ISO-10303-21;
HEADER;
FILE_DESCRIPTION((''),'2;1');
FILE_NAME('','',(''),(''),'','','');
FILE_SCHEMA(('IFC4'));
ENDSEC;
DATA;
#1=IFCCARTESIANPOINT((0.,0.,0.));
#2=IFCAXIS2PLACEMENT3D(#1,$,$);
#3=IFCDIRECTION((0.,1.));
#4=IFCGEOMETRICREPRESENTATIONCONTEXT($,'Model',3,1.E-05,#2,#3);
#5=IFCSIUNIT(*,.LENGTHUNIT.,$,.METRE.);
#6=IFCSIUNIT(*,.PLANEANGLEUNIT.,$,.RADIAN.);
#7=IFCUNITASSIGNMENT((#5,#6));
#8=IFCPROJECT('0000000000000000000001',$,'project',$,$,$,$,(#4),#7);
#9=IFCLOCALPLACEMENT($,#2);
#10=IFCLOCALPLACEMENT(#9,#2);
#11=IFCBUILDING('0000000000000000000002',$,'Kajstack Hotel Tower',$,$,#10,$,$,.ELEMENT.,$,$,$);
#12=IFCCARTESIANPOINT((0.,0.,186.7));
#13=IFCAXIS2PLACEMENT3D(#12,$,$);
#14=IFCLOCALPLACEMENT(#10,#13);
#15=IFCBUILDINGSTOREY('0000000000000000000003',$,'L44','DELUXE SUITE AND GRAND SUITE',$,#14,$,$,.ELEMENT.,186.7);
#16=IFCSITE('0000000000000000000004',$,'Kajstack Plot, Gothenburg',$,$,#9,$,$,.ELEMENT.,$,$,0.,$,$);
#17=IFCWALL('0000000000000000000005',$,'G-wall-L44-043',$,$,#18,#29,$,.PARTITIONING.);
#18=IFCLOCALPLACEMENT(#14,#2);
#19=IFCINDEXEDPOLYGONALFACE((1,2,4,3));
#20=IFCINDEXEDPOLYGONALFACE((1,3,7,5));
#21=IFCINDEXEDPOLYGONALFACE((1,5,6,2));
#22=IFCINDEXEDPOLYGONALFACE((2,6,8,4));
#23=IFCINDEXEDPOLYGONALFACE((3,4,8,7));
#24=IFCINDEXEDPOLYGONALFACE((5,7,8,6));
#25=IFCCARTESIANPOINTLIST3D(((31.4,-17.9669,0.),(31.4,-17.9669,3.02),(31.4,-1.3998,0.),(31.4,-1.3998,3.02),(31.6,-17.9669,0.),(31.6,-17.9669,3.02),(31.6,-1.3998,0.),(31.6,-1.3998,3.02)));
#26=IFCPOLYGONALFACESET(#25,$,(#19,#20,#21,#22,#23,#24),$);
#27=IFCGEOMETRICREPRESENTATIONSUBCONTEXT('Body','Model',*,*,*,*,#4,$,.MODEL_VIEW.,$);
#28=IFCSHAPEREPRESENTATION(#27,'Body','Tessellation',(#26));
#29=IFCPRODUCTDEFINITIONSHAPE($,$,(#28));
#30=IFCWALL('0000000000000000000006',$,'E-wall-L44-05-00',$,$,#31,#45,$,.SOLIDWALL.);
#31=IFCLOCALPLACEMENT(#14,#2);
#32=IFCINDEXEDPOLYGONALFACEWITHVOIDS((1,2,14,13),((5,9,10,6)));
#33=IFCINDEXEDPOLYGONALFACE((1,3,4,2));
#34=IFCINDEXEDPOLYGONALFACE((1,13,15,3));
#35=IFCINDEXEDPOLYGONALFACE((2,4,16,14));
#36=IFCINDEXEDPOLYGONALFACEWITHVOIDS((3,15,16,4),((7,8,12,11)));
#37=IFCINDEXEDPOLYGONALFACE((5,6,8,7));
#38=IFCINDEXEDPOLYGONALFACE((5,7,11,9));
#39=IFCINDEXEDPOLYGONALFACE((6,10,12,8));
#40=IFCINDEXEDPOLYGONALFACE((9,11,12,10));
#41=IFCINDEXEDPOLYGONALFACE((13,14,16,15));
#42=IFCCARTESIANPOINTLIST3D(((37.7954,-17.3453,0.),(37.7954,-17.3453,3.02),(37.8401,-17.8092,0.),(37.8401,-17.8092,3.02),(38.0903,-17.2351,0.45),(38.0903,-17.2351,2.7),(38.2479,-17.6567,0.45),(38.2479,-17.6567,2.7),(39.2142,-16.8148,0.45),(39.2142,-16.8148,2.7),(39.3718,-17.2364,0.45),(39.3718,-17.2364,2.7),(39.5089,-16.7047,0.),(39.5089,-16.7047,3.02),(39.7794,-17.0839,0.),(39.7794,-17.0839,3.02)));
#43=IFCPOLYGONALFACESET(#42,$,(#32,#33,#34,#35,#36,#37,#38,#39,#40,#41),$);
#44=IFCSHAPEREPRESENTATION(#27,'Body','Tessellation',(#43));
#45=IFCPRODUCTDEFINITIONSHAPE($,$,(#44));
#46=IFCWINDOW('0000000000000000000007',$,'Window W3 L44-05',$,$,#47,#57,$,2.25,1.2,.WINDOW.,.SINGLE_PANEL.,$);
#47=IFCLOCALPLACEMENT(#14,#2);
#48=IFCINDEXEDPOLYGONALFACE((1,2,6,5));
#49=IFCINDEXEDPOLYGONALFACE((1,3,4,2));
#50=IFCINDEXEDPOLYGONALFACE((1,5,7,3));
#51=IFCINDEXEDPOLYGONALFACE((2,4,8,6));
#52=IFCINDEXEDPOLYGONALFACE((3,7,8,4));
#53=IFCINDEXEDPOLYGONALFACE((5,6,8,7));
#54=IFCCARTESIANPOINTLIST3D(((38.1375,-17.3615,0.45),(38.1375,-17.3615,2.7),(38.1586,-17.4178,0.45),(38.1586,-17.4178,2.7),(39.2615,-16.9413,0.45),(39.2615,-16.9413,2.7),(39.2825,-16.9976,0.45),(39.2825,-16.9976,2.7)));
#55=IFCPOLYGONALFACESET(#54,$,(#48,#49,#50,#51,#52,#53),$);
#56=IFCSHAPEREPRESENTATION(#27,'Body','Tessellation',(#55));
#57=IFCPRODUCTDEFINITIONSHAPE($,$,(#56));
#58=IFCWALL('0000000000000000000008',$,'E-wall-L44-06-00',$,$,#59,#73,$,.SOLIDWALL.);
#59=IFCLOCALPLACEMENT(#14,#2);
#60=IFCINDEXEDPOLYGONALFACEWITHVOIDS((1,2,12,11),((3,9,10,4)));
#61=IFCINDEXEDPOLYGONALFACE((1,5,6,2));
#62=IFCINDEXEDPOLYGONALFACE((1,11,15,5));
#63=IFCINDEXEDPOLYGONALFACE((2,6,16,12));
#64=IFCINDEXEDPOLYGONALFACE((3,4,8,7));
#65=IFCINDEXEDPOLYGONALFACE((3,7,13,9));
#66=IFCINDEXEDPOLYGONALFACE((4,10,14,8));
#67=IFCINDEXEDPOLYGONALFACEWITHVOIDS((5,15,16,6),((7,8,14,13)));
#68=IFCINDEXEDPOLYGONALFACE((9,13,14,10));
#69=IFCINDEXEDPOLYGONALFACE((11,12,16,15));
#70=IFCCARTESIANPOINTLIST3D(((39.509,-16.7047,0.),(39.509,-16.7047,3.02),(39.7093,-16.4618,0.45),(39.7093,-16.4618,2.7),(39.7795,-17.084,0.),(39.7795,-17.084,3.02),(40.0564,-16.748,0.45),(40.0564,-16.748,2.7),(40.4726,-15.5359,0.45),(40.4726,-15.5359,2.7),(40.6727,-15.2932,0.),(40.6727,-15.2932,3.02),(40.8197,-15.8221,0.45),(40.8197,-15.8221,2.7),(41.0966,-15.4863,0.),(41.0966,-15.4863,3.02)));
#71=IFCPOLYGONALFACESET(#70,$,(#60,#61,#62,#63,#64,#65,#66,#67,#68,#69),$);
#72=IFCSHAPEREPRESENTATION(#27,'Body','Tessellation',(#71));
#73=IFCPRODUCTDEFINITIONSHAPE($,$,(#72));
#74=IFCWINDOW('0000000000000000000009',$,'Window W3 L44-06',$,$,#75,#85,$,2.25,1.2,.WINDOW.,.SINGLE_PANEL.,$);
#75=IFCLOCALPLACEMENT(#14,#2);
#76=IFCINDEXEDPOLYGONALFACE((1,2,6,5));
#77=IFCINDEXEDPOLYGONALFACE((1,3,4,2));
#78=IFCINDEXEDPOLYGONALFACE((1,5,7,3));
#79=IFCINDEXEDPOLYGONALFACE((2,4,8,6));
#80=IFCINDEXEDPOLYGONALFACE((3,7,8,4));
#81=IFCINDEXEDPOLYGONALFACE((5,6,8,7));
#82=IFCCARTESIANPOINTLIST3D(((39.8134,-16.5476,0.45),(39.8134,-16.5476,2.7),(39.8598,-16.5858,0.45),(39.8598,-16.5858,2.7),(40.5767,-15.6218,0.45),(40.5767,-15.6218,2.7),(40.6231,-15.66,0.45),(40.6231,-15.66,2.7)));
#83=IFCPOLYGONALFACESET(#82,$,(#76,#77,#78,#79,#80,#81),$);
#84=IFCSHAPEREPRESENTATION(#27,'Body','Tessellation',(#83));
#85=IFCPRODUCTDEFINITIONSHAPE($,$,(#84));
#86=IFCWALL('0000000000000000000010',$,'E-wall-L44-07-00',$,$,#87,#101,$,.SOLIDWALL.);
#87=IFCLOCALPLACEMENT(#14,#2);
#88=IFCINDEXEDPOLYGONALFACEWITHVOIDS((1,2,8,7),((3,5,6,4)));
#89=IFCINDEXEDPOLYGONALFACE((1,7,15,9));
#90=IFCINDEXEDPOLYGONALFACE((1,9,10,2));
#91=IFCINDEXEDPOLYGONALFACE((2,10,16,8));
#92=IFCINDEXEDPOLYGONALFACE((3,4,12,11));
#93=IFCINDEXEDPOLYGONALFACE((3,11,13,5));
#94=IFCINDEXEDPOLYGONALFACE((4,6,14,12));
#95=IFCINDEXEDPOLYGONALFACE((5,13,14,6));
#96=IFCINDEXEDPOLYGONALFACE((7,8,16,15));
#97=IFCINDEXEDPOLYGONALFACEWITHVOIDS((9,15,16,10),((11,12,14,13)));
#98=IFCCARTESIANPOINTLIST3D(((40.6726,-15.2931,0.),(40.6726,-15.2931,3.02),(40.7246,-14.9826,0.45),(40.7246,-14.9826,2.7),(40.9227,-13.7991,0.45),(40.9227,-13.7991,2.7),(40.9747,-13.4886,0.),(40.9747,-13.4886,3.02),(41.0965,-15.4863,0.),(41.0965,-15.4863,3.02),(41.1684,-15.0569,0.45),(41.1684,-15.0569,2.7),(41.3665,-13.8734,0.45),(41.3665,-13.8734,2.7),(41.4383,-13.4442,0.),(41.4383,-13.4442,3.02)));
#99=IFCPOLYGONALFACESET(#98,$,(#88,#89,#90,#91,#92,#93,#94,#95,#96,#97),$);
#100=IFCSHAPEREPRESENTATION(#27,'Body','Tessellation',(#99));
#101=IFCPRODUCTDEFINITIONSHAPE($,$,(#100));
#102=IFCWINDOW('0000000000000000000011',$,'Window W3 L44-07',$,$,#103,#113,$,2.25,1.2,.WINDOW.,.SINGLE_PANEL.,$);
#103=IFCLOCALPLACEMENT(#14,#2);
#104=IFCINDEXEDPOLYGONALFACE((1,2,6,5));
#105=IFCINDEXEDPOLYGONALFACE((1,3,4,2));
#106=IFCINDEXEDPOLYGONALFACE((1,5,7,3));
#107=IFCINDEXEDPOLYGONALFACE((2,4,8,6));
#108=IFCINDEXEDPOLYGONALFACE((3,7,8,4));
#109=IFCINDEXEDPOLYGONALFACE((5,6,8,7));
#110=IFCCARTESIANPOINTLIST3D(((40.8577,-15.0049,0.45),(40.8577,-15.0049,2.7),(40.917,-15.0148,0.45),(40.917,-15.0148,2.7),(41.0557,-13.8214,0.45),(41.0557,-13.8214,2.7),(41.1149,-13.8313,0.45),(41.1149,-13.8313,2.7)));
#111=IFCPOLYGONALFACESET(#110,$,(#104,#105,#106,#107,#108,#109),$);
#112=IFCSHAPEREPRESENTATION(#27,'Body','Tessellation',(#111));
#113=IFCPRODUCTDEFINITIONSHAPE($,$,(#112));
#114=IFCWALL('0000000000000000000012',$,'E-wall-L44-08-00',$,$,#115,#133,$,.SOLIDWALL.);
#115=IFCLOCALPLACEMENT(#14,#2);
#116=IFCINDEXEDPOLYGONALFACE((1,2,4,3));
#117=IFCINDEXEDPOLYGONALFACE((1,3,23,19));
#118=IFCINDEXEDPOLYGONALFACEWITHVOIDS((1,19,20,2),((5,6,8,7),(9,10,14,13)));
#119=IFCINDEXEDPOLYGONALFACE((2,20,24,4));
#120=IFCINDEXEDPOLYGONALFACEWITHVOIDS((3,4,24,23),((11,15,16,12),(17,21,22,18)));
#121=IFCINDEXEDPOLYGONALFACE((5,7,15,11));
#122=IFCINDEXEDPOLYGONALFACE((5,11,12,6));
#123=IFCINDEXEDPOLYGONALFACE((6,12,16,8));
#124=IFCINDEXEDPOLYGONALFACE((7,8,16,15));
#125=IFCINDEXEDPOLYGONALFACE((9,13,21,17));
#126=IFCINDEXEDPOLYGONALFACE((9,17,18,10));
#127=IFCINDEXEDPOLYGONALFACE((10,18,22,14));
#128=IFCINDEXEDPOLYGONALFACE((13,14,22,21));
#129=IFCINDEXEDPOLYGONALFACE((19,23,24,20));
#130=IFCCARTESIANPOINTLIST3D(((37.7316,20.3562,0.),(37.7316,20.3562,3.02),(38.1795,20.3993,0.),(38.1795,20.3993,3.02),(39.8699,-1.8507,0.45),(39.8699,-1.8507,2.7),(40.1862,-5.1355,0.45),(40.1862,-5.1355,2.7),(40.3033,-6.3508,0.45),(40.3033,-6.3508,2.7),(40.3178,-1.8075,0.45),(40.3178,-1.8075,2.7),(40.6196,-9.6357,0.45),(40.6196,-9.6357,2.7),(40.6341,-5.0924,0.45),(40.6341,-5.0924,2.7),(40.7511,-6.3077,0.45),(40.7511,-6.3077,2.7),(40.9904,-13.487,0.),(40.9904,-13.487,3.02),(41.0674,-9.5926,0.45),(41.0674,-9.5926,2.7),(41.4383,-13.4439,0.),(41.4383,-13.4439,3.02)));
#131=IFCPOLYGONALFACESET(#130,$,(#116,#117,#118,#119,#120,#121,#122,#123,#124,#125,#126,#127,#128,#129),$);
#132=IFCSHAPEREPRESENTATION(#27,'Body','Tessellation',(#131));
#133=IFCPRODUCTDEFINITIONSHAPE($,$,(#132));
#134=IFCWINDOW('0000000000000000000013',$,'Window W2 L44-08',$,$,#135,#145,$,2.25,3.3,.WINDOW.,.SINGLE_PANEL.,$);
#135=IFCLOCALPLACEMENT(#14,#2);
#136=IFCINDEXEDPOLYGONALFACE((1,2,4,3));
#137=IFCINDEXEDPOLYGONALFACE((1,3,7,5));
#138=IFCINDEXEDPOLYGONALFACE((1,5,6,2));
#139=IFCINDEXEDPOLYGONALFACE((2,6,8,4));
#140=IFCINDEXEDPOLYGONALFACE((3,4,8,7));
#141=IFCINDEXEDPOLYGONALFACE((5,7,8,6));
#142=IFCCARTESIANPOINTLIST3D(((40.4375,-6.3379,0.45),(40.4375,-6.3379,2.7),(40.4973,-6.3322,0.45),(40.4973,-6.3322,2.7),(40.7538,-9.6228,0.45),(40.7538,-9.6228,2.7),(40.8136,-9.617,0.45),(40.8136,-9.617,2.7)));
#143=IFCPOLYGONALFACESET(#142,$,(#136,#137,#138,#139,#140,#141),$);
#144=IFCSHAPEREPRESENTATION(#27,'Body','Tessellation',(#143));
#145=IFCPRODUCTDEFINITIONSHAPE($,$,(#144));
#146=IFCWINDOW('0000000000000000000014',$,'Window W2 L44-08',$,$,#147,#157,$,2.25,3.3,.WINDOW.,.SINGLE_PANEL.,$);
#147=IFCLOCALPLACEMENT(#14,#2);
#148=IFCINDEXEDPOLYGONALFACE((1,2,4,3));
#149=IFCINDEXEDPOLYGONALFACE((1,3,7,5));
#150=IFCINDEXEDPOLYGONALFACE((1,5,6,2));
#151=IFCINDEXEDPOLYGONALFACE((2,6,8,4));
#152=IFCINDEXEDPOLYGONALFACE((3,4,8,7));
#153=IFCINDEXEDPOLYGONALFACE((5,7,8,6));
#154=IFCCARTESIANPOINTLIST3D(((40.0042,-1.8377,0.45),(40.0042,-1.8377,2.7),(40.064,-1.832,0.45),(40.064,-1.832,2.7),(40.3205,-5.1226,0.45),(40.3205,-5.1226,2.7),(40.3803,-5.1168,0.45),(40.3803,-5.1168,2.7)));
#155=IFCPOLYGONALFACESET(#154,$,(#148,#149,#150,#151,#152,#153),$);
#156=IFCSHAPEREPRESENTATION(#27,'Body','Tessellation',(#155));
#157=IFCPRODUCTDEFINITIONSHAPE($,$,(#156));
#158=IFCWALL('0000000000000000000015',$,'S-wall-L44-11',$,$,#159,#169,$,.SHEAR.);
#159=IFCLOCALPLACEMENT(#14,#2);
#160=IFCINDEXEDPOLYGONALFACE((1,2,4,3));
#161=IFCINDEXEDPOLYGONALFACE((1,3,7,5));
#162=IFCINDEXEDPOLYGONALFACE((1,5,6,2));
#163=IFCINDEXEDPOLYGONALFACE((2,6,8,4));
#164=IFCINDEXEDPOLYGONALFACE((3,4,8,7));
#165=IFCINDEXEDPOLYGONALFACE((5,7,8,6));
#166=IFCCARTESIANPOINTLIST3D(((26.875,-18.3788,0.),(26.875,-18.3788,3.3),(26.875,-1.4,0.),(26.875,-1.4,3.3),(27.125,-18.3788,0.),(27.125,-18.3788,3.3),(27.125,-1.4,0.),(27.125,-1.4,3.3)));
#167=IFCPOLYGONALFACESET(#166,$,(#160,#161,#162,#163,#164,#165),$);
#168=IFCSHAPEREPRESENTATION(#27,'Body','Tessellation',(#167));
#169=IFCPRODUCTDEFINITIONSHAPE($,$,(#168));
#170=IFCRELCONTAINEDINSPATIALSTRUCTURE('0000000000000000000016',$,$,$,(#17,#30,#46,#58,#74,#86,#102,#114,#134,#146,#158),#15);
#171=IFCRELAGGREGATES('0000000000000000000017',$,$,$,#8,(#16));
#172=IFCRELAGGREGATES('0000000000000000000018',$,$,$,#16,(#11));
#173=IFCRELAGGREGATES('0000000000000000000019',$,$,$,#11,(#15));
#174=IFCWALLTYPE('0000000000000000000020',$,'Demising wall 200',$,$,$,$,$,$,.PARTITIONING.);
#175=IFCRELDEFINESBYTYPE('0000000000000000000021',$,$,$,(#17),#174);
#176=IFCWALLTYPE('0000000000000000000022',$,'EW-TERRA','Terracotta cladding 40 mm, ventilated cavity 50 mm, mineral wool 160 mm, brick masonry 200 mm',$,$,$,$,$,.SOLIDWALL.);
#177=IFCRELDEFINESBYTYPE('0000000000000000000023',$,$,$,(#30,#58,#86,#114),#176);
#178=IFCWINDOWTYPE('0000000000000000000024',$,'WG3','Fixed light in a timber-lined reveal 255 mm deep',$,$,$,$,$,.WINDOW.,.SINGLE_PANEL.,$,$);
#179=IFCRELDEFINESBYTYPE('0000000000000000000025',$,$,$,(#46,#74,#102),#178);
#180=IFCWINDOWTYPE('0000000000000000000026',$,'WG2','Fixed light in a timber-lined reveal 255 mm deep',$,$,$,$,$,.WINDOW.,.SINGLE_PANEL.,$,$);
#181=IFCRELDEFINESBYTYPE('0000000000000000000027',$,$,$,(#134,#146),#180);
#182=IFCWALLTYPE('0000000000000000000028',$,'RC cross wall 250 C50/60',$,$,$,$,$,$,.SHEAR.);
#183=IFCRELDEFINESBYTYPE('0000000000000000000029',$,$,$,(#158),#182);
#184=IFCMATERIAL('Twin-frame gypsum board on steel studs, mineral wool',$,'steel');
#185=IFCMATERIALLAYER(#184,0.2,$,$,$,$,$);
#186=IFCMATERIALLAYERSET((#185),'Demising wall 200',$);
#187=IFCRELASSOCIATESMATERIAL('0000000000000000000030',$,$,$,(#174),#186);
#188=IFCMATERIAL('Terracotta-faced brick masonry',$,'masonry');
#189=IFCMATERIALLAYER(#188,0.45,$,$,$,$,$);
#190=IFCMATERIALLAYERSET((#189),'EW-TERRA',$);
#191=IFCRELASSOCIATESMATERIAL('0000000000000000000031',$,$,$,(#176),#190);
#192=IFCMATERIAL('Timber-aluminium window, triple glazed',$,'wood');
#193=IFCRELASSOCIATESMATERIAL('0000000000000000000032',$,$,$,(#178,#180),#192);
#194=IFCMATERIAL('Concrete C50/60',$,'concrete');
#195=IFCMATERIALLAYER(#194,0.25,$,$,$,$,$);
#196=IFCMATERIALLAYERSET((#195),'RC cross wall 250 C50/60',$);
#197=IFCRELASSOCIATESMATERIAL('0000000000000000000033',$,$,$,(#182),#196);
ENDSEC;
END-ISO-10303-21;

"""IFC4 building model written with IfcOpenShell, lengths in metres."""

from ifc_helpers import new_model, si_unit, direction, frame, frame_2d, origin, place, context, subcontext, project, spatial, polyline, rectangle, outline, extrude, material, layer, layer_set, type_object, element, fill, save


model = new_model("IFC4")

# Units and contexts
model_context = context("Model", 3, precision=1e-05, world=origin(), true_north=direction((0.0, 1.0)))
body_context = subcontext(model_context, "Body", "Model", "MODEL_VIEW")
ifc_project = project(units=[si_unit("LENGTHUNIT", "METRE"), si_unit("PLANEANGLEUNIT", "RADIAN")], contexts=[model_context])

# Site, building, storey
site_placement = place(None, origin())
site = spatial("IfcSite", under=ifc_project, at=site_placement, Name="Kajstack Plot, Gothenburg", CompositionType="ELEMENT", RefElevation=0.0)
building_placement = place(site_placement, origin())
building = spatial("IfcBuilding", under=site, at=building_placement, Name="Kajstack Hotel Tower", CompositionType="ELEMENT")
storey_placement = place(building_placement, frame((0.0, 0.0, 186.7)))
storey = spatial("IfcBuildingStorey", under=building, at=storey_placement, Name="L44", Description="DELUXE SUITE AND GRAND SUITE", CompositionType="ELEMENT", Elevation=186.7)

# Wall
ifc_material_1 = material(Name="Twin-frame gypsum board on steel studs, mineral wool", Category="steel")
ifc_layer_1 = layer(ifc_material_1, 0.2)
ifc_layer_set_1 = layer_set([ifc_layer_1], Name="Demising wall 200")
wall_type_1 = type_object("IfcWallType", Name="Demising wall 200", PredefinedType="PARTITIONING", material=ifc_layer_set_1)
wall_1_placement = place(storey_placement, frame((31.5, -17.967, 0.0), z_axis=(0.0, 0.0, 1.0), x_axis=(0.0, 1.0, 0.0)))
element("IfcWall", 1, at=wall_1_placement, inside=storey, type_object=wall_type_1, Name="G-wall-L44-043", PredefinedType="PARTITIONING", context=body_context, shape_type="SweptSolid", body=[
    extrude(rectangle(XDim=16.5671, YDim=0.2, at=frame_2d((8.2837, 0.0))), origin(), (0.0, 0.0, 1.0), 3.02),
])

# Walls, openings, windows
ifc_material_2 = material(Name="Terracotta-faced brick masonry", Category="masonry")
ifc_layer_2 = layer(ifc_material_2, 0.45)
ifc_layer_set_2 = layer_set([ifc_layer_2], Name="EW-TERRA")
wall_type_2 = type_object("IfcWallType", Name="EW-TERRA", Description="Terracotta cladding 40 mm, ventilated cavity 50 mm, mineral wool 160 mm, brick masonry 200 mm", PredefinedType="SOLIDWALL", material=ifc_layer_set_2)
wall_2_placement = place(storey_placement, frame((37.7612, -17.5984, 0.0), z_axis=(0.0, 0.0, 1.0), x_axis=(0.936678, 0.350193, 0.0)))
wall_2 = element("IfcWall", 2, at=wall_2_placement, inside=storey, type_object=wall_type_2, Name="E-wall-L44-05-00", PredefinedType="SOLIDWALL", context=body_context, shape_type="SweptSolid", body=[
    extrude(outline(polyline([(0.0, -0.2251), (2.0706, -0.2249), (1.95, 0.2251), (0.1206, 0.2251), (0.0, -0.2251)])), origin(), (0.0, 0.0, 1.0), 3.02),
])
opening_1_placement = place(wall_2_placement, frame((0.4353, 0.0, 0.45)))
opening_1 = element("IfcOpeningElement", 3, at=opening_1_placement, cuts=wall_2, PredefinedType="OPENING", context=body_context, shape_type="SweptSolid", body=[
    extrude(rectangle(XDim=1.2, YDim=2.25, at=frame_2d((0.6001, 1.125))), frame((0.0, 0.2349, 0.0), z_axis=(0.0, -1.0, 0.0), x_axis=(1.0, 0.0, 0.0)), (0.0, 0.0, 1.0), 0.47),
])
ifc_material_3 = material(Name="Timber-aluminium window, triple glazed", Category="wood")
window_type_1 = type_object("IfcWindowType", Name="WG3", Description="Fixed light in a timber-lined reveal 255 mm deep", PartitioningType="SINGLE_PANEL", PredefinedType="WINDOW", material=ifc_material_3)
window_1_placement = place(opening_1_placement, origin())
window_1 = element("IfcWindow", 4, at=window_1_placement, inside=storey, type_object=window_type_1, Name="Window W3 L44-05", OverallHeight=2.25, OverallWidth=1.2, PartitioningType="SINGLE_PANEL", PredefinedType="WINDOW", context=body_context, shape_type="SweptSolid", body=[
    extrude(rectangle(XDim=1.2, YDim=2.25, at=frame_2d((0.6001, 1.125))), frame((0.0, 0.0901, 0.0), z_axis=(0.0, -1.0, 0.0), x_axis=(1.0, 0.0, 0.0)), (0.0, 0.0, 1.0), 0.0601),
])
fill(opening_1, window_1)
wall_3_placement = place(storey_placement, frame((39.606, -16.9409, 0.0), z_axis=(0.0, 0.0, 1.0), x_axis=(0.636116, 0.771593, 0.0)))
wall_3 = element("IfcWall", 5, at=wall_3_placement, inside=storey, type_object=wall_type_2, Name="E-wall-L44-06-00", PredefinedType="SOLIDWALL", context=body_context, shape_type="SweptSolid", body=[
    extrude(outline(polyline([(0.0, -0.2249), (2.0706, -0.2249), (1.95, 0.2251), (0.1206, 0.2251), (0.0, -0.2249)])), origin(), (0.0, 0.0, 1.0), 3.02),
])
opening_2_placement = place(wall_3_placement, frame((0.4353, 0.0, 0.45)))
opening_2 = element("IfcOpeningElement", 6, at=opening_2_placement, cuts=wall_3, PredefinedType="OPENING", context=body_context, shape_type="SweptSolid", body=[
    extrude(rectangle(XDim=1.2, YDim=2.25, at=frame_2d((0.6001, 1.125))), frame((0.0, 0.2349, 0.0), z_axis=(0.0, -1.0, 0.0), x_axis=(1.0, 0.0, 0.0)), (0.0, 0.0, 1.0), 0.47),
])
window_2_placement = place(opening_2_placement, origin())
window_2 = element("IfcWindow", 7, at=window_2_placement, inside=storey, type_object=window_type_1, Name="Window W3 L44-06", OverallHeight=2.25, OverallWidth=1.2, PartitioningType="SINGLE_PANEL", PredefinedType="WINDOW", context=body_context, shape_type="SweptSolid", body=[
    extrude(rectangle(XDim=1.2, YDim=2.25, at=frame_2d((0.6001, 1.125))), frame((0.0, 0.0901, 0.0), z_axis=(0.0, -1.0, 0.0), x_axis=(1.0, 0.0, 0.0)), (0.0, 0.0, 1.0), 0.0601),
])
fill(opening_2, window_2)
wall_4_placement = place(storey_placement, frame((40.8748, -15.4492, 0.0), z_axis=(0.0, 0.0, 1.0), x_axis=(0.164953, 0.986301, 0.0)))
wall_4 = element("IfcWall", 8, at=wall_4_placement, inside=storey, type_object=wall_type_2, Name="E-wall-L44-07-00", PredefinedType="SOLIDWALL", context=body_context, shape_type="SweptSolid", body=[
    extrude(outline(polyline([(0.0, -0.2249), (2.0706, -0.2251), (1.9502, 0.2249), (0.1206, 0.2251), (0.0, -0.2249)])), origin(), (0.0, 0.0, 1.0), 3.02),
])
opening_3_placement = place(wall_4_placement, frame((0.4353, 0.0, 0.45)))
opening_3 = element("IfcOpeningElement", 9, at=opening_3_placement, cuts=wall_4, PredefinedType="OPENING", context=body_context, shape_type="SweptSolid", body=[
    extrude(rectangle(XDim=1.2, YDim=2.25, at=frame_2d((0.6001, 1.125))), frame((0.0, 0.2349, 0.0), z_axis=(0.0, -1.0, 0.0), x_axis=(1.0, 0.0, 0.0)), (0.0, 0.0, 1.0), 0.47),
])
window_3_placement = place(opening_3_placement, origin())
window_3 = element("IfcWindow", 10, at=window_3_placement, inside=storey, type_object=window_type_1, Name="Window W3 L44-07", OverallHeight=2.25, OverallWidth=1.2, PartitioningType="SINGLE_PANEL", PredefinedType="WINDOW", context=body_context, shape_type="SweptSolid", body=[
    extrude(rectangle(XDim=1.2, YDim=2.25, at=frame_2d((0.6001, 1.125))), frame((0.0, 0.0901, 0.0), z_axis=(0.0, -1.0, 0.0), x_axis=(1.0, 0.0, 0.0)), (0.0, 0.0, 1.0), 0.0601),
])
fill(opening_3, window_3)

# Wall, openings, windows
wall_5_placement = place(storey_placement, frame((41.2144, -13.4656, 0.0), z_axis=(0.0, 0.0, 1.0), x_axis=(-0.095847, 0.995396, 0.0)))
wall_5 = element("IfcWall", 11, at=wall_5_placement, inside=storey, type_object=wall_type_2, Name="E-wall-L44-08-00", PredefinedType="SOLIDWALL", context=body_context, shape_type="SweptSolid", body=[
    extrude(rectangle(XDim=33.9998, YDim=0.45, at=frame_2d((17.0, 0.0))), origin(), (0.0, 0.0, 1.0), 3.02),
])
opening_4_placement = place(wall_5_placement, frame((3.8694, 0.0, 0.45)))
opening_4 = element("IfcOpeningElement", 12, at=opening_4_placement, cuts=wall_5, PredefinedType="OPENING", context=body_context, shape_type="SweptSolid", body=[
    extrude(rectangle(XDim=3.3, YDim=2.25, at=frame_2d((1.6499, 1.125))), frame((0.0, 0.2349, 0.0), z_axis=(0.0, -1.0, 0.0), x_axis=(1.0, 0.0, 0.0)), (0.0, 0.0, 1.0), 0.47),
])
opening_5_placement = place(wall_5_placement, frame((8.3904, 0.0, 0.45)))
opening_5 = element("IfcOpeningElement", 13, at=opening_5_placement, cuts=wall_5, PredefinedType="OPENING", context=body_context, shape_type="SweptSolid", body=[
    extrude(rectangle(XDim=3.3, YDim=2.25, at=frame_2d((1.6499, 1.125))), frame((0.0, 0.2349, 0.0), z_axis=(0.0, -1.0, 0.0), x_axis=(1.0, 0.0, 0.0)), (0.0, 0.0, 1.0), 0.47),
])
window_type_2 = type_object("IfcWindowType", Name="WG2", Description="Fixed light in a timber-lined reveal 255 mm deep", PartitioningType="SINGLE_PANEL", PredefinedType="WINDOW", material=ifc_material_3)
window_4_placement = place(opening_4_placement, origin())
window_4 = element("IfcWindow", 14, at=window_4_placement, inside=storey, type_object=window_type_2, Name="Window W2 L44-08", OverallHeight=2.25, OverallWidth=3.3, PartitioningType="SINGLE_PANEL", PredefinedType="WINDOW", context=body_context, shape_type="SweptSolid", body=[
    extrude(rectangle(XDim=3.3, YDim=2.25, at=frame_2d((1.6499, 1.125))), frame((0.0, 0.0901, 0.0), z_axis=(0.0, -1.0, 0.0), x_axis=(1.0, 0.0, 0.0)), (0.0, 0.0, 1.0), 0.0601),
])
fill(opening_4, window_4)
window_5_placement = place(opening_5_placement, origin())
window_5 = element("IfcWindow", 15, at=window_5_placement, inside=storey, type_object=window_type_2, Name="Window W2 L44-08", OverallHeight=2.25, OverallWidth=3.3, PartitioningType="SINGLE_PANEL", PredefinedType="WINDOW", context=body_context, shape_type="SweptSolid", body=[
    extrude(rectangle(XDim=3.3, YDim=2.25, at=frame_2d((1.6499, 1.125))), frame((0.0, 0.0901, 0.0), z_axis=(0.0, -1.0, 0.0), x_axis=(1.0, 0.0, 0.0)), (0.0, 0.0, 1.0), 0.0601),
])
fill(opening_5, window_5)

# Wall
ifc_material_4 = material(Name="Concrete C50/60", Category="concrete")
ifc_layer_3 = layer(ifc_material_4, 0.25)
ifc_layer_set_3 = layer_set([ifc_layer_3], Name="RC cross wall 250 C50/60")
wall_type_3 = type_object("IfcWallType", Name="RC cross wall 250 C50/60", PredefinedType="SHEAR", material=ifc_layer_set_3)
wall_6_placement = place(storey_placement, frame((27.0, -18.3787, 0.0), z_axis=(0.0, 0.0, 1.0), x_axis=(0.0, 1.0, 0.0)))
element("IfcWall", 16, at=wall_6_placement, inside=storey, type_object=wall_type_3, Name="S-wall-L44-11", PredefinedType="SHEAR", context=body_context, shape_type="SweptSolid", body=[
    extrude(rectangle(XDim=16.9788, YDim=0.25, at=frame_2d((8.4893, 0.0))), origin(), (0.0, 0.0, 1.0), 3.3),
])

save(model, "model.ifc")
